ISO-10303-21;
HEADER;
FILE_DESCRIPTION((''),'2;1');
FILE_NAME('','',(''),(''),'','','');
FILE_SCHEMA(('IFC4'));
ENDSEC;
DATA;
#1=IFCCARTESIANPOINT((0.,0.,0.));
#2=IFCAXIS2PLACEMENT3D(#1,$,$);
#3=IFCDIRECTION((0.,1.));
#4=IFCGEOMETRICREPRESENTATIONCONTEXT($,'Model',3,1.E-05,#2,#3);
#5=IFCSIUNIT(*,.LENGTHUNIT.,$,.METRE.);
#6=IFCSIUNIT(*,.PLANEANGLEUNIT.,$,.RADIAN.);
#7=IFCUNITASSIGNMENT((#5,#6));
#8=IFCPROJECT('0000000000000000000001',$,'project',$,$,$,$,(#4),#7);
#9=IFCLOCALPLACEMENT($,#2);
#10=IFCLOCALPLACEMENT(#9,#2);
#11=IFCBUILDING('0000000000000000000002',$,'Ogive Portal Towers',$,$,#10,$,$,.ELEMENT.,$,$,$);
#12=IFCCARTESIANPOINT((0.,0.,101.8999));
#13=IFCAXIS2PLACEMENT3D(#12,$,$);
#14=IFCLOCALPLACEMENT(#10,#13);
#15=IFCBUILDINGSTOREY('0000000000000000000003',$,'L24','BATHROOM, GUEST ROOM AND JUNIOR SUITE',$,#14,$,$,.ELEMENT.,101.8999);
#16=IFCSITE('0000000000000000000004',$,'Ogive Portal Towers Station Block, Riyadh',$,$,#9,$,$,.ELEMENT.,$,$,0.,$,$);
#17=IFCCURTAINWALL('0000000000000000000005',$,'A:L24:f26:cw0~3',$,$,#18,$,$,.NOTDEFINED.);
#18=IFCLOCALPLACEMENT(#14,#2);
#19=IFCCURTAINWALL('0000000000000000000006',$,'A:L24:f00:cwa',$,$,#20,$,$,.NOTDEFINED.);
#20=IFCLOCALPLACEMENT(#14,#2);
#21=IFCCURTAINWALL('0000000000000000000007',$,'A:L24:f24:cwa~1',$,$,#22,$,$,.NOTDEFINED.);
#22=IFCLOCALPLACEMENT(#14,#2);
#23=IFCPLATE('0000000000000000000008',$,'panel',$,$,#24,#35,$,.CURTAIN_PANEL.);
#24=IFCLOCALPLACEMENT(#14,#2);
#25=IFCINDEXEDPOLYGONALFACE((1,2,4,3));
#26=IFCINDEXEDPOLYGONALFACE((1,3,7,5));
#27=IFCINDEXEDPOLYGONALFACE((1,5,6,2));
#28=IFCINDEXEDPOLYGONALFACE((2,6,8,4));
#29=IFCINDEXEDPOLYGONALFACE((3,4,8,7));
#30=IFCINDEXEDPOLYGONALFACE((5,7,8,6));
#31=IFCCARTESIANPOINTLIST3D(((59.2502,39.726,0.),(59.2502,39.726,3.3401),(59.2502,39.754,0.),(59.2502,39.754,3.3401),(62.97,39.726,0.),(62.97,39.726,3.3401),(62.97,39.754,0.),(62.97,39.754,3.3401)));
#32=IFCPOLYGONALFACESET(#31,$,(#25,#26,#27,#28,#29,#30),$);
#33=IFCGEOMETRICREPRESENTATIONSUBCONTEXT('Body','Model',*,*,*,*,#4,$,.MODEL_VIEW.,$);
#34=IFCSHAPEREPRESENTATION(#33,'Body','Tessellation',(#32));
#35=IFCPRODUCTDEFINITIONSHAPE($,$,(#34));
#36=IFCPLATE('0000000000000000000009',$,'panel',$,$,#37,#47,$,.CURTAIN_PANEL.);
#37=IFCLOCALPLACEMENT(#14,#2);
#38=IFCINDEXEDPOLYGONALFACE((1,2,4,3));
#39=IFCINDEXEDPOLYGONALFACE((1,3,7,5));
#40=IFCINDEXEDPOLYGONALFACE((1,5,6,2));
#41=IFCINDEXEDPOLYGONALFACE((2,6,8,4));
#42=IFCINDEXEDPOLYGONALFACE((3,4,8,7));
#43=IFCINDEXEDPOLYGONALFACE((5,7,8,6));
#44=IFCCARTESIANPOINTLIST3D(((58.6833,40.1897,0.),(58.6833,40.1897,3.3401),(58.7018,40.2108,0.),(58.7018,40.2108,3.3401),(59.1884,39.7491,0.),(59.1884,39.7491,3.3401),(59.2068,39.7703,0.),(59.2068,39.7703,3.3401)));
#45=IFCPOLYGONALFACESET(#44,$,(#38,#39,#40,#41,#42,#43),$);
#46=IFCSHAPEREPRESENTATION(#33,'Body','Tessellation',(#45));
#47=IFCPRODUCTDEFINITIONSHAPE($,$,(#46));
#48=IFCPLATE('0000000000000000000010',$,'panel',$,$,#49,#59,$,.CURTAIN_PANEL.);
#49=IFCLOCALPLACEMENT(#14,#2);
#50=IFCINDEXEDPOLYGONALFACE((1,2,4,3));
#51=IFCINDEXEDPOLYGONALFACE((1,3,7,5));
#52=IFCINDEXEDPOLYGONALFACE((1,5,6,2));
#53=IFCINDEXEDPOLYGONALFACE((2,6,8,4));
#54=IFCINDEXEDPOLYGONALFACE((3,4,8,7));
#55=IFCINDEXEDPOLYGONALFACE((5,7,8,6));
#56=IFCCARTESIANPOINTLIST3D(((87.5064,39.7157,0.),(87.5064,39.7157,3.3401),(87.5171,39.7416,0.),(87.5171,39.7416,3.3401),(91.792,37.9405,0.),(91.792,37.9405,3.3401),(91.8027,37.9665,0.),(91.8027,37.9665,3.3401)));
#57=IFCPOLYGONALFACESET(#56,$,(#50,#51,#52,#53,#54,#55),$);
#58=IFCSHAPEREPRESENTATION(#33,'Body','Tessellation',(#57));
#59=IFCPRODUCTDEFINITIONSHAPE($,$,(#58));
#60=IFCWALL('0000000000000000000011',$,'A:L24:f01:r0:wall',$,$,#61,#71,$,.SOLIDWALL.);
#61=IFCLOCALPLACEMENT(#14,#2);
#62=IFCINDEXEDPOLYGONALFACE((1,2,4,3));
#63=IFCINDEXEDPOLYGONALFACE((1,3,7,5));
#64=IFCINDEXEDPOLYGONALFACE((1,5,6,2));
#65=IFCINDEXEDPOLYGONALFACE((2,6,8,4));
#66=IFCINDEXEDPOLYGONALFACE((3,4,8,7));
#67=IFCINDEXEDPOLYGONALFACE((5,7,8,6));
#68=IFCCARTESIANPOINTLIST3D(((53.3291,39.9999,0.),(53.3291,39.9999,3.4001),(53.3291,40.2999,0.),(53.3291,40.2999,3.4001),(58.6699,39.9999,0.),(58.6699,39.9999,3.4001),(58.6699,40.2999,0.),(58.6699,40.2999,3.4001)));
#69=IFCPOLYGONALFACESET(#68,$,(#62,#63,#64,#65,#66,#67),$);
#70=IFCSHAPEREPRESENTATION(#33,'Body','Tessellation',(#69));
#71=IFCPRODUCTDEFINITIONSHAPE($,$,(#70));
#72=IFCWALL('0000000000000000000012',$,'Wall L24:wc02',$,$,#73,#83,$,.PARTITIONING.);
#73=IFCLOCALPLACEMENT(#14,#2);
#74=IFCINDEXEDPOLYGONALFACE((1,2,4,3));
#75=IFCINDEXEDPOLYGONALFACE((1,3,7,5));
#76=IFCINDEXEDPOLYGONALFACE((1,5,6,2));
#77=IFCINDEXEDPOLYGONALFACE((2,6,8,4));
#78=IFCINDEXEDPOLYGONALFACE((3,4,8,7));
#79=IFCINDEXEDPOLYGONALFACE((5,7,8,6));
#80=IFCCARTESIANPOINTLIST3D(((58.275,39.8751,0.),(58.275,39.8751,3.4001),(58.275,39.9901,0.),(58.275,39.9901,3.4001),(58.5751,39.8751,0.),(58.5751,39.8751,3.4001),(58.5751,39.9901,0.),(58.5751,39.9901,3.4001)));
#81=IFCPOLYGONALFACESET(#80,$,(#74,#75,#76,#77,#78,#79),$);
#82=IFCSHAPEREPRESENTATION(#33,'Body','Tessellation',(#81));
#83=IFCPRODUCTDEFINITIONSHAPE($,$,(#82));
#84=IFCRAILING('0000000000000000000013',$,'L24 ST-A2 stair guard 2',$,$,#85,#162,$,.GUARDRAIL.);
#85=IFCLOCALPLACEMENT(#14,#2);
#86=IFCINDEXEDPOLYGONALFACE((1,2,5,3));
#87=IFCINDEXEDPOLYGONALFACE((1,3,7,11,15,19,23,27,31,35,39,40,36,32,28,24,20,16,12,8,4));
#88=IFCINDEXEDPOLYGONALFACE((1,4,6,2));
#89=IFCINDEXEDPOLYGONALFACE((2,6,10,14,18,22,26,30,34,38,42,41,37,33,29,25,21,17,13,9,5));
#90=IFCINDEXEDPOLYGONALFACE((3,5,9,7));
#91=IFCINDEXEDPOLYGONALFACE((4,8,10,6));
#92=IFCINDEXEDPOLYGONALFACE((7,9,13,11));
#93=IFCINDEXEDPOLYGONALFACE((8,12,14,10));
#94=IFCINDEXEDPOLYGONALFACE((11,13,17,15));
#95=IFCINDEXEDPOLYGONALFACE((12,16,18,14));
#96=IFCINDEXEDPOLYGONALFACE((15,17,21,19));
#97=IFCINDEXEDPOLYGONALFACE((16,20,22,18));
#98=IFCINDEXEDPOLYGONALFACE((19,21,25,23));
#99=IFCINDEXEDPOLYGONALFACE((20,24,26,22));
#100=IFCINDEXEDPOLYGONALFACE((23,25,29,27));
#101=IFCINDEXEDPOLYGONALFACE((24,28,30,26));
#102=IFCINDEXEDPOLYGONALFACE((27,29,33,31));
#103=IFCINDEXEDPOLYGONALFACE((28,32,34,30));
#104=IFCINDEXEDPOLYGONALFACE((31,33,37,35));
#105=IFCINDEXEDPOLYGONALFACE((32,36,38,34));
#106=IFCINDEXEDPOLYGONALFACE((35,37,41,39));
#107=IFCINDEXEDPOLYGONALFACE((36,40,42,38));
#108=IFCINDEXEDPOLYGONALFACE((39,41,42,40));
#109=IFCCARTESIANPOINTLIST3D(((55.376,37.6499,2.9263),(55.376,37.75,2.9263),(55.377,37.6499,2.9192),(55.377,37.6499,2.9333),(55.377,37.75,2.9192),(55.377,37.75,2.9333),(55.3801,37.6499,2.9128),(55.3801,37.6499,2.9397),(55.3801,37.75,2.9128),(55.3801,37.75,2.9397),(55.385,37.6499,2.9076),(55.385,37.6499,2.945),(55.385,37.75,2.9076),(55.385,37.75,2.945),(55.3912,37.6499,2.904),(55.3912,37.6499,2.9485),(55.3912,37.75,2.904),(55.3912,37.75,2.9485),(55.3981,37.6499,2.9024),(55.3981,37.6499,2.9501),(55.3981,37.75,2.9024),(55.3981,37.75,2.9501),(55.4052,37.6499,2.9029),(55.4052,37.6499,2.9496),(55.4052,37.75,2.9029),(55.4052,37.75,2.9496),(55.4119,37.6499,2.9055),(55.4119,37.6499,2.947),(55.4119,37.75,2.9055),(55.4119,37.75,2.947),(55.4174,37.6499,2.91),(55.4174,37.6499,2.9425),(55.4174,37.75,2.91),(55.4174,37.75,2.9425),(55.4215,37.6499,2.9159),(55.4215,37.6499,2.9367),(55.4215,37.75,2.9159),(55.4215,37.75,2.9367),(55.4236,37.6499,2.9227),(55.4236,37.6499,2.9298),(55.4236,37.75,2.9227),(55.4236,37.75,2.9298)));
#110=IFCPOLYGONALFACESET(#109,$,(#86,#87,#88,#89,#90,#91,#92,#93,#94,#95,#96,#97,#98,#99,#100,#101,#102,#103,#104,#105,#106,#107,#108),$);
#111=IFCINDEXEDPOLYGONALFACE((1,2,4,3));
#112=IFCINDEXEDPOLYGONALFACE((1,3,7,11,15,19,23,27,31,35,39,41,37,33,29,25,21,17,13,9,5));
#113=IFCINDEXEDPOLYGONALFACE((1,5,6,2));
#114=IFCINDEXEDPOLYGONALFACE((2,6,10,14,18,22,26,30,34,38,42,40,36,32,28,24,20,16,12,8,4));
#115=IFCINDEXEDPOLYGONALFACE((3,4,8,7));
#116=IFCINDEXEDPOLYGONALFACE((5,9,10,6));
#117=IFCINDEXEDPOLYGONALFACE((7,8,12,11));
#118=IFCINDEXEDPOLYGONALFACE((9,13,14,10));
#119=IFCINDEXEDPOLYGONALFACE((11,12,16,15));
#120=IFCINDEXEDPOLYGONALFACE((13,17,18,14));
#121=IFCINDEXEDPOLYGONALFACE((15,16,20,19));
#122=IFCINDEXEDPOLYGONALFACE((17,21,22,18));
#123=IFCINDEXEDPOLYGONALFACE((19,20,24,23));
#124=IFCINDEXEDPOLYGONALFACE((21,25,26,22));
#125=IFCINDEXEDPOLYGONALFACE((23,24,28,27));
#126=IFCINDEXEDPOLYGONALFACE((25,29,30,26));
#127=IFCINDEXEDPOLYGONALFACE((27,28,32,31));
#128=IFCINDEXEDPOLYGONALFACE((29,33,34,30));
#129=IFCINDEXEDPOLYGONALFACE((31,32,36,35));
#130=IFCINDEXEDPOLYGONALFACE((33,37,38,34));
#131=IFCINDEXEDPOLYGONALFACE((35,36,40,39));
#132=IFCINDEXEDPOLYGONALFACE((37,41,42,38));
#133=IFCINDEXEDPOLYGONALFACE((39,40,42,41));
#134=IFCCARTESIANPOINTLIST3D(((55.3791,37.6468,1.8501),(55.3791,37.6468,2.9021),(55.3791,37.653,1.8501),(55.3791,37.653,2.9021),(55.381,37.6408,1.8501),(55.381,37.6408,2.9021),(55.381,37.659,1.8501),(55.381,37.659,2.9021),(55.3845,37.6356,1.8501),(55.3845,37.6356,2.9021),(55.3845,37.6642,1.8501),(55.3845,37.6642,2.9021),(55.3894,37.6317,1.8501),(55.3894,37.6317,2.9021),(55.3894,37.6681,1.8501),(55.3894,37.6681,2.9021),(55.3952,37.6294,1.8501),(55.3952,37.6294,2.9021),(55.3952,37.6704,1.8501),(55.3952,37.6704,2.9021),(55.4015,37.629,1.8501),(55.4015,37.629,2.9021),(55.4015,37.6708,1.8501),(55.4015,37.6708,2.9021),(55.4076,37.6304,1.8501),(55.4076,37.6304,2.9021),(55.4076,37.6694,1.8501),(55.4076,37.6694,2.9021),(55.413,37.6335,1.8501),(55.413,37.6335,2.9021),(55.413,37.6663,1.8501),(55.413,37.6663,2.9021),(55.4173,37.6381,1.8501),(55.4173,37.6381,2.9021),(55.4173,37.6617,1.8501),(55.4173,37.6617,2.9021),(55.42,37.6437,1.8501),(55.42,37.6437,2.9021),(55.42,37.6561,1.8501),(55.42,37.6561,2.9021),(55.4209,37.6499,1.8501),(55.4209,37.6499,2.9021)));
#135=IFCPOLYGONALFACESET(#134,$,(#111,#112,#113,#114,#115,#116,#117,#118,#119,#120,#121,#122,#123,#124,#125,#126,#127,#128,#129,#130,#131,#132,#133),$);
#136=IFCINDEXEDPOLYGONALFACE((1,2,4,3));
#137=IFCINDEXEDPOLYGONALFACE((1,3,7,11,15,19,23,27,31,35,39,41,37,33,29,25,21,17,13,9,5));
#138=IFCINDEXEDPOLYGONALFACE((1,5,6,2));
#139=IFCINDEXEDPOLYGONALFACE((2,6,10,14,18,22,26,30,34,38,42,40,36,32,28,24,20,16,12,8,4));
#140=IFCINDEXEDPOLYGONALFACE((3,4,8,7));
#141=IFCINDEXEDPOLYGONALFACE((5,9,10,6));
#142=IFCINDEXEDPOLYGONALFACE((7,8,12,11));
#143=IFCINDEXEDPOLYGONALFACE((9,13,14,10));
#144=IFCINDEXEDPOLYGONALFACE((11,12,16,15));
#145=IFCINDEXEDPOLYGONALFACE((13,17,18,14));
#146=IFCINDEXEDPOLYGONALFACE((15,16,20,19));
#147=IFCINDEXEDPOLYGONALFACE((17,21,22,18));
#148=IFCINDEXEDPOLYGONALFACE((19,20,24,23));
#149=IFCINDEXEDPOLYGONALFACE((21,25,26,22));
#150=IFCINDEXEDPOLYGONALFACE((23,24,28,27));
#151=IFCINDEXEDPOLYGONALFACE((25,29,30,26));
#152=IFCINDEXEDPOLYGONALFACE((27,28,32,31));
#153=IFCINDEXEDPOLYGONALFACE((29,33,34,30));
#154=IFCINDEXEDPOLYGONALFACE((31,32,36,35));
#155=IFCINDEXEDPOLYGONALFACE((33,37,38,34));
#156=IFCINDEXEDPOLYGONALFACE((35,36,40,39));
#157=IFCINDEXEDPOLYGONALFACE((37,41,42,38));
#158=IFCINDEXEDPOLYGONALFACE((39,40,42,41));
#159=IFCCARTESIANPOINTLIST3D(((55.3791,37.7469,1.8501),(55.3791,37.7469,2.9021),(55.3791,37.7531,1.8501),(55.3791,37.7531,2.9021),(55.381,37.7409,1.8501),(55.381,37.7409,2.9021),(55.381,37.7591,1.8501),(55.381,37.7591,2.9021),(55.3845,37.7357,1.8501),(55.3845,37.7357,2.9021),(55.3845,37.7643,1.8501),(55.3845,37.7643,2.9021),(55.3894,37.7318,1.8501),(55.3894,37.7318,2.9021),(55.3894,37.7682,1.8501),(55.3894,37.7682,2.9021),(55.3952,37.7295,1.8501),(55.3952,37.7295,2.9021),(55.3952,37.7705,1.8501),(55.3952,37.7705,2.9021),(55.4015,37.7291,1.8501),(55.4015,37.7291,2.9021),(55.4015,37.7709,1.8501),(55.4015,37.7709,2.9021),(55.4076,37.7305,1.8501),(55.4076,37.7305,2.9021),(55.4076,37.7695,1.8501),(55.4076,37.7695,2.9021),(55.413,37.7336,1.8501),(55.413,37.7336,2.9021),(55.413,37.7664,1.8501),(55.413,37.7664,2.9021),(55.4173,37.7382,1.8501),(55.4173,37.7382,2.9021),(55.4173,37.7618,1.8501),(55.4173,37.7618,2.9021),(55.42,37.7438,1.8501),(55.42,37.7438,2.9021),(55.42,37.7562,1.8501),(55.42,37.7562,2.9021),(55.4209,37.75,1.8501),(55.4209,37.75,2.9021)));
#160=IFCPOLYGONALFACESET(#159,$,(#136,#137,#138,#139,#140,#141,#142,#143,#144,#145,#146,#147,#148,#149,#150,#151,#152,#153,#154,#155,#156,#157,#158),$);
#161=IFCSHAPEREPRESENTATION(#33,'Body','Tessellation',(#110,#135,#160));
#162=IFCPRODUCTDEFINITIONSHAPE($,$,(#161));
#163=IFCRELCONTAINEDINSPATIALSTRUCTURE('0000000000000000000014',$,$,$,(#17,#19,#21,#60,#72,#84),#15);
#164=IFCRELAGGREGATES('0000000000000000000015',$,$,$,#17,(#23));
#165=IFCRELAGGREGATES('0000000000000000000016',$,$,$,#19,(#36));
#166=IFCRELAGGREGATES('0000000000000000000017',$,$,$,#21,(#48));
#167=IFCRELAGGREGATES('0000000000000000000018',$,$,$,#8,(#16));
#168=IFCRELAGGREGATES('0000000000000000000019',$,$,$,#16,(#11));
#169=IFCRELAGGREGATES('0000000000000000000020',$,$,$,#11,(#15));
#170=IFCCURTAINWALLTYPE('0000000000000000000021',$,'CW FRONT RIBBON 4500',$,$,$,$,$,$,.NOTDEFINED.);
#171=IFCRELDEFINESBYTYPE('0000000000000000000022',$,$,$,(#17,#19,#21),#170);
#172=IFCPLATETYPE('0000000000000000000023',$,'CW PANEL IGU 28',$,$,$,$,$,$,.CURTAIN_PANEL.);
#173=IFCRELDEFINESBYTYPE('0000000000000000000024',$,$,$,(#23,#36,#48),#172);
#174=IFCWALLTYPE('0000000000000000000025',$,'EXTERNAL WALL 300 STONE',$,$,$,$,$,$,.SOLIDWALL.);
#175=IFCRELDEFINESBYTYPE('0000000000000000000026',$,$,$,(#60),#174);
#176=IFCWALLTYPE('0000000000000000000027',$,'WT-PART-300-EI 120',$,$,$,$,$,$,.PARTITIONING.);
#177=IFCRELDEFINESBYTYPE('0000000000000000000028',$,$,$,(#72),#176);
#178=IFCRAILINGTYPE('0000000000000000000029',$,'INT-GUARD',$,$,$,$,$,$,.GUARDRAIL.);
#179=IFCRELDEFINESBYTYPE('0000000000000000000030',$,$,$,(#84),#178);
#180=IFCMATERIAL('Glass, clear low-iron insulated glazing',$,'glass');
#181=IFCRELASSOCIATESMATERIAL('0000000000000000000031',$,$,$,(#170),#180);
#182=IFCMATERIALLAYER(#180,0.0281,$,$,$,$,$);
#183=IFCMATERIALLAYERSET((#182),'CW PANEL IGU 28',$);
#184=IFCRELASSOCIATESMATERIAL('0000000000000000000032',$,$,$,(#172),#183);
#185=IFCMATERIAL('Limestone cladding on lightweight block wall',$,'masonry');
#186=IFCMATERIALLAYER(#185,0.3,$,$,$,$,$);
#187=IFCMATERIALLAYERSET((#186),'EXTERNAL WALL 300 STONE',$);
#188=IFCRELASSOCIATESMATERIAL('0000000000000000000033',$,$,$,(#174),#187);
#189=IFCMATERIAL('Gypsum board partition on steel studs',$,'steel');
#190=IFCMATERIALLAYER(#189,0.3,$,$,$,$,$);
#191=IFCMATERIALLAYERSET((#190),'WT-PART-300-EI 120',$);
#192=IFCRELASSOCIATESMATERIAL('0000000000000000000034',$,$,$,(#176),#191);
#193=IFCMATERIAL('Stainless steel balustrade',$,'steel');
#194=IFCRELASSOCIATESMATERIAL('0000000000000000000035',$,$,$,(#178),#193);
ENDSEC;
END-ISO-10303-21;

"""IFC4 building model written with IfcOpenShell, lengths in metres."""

from ifc_helpers import new_model, si_unit, direction, frame, frame_2d, origin, origin_2d, place, context, subcontext, project, spatial, rectangle, circle, extrude, material, layer, layer_set, type_object, element, aggregate, save


model = new_model("IFC4")

# Units and contexts
model_context = context("Model", 3, precision=1e-05, world=origin(), true_north=direction((0.0, 1.0)))
body_context = subcontext(model_context, "Body", "Model", "MODEL_VIEW")
ifc_project = project(units=[si_unit("LENGTHUNIT", "METRE"), si_unit("PLANEANGLEUNIT", "RADIAN")], contexts=[model_context])

# Site, building, storey
site_placement = place(None, origin())
site = spatial("IfcSite", under=ifc_project, at=site_placement, Name="Ogive Portal Towers Station Block, Riyadh", CompositionType="ELEMENT", RefElevation=0.0)
building_placement = place(site_placement, origin())
building = spatial("IfcBuilding", under=site, at=building_placement, Name="Ogive Portal Towers", CompositionType="ELEMENT")
storey_placement = place(building_placement, frame((0.0, 0.0, 101.8999)))
storey = spatial("IfcBuildingStorey", under=building, at=storey_placement, Name="L24", Description="BATHROOM, GUEST ROOM AND JUNIOR SUITE", CompositionType="ELEMENT", Elevation=101.8999)

# Curtain wall
ifc_material_1 = material(Name="Glass, clear low-iron insulated glazing", Category="glass")
curtain_wall_type = type_object("IfcCurtainWallType", Name="CW FRONT RIBBON 4500", PredefinedType="NOTDEFINED", material=ifc_material_1)
curtain_wall_1_placement = place(storey_placement, origin())
curtain_wall_1 = element("IfcCurtainWall", 1, at=curtain_wall_1_placement, inside=storey, type_object=curtain_wall_type, Name="A:L24:f26:cw0~3", PredefinedType="NOTDEFINED")

# Curtain walls
curtain_wall_2_placement = place(storey_placement, origin())
curtain_wall_2 = element("IfcCurtainWall", 2, at=curtain_wall_2_placement, inside=storey, type_object=curtain_wall_type, Name="A:L24:f00:cwa", PredefinedType="NOTDEFINED")
curtain_wall_3_placement = place(storey_placement, origin())
curtain_wall_3 = element("IfcCurtainWall", 3, at=curtain_wall_3_placement, inside=storey, type_object=curtain_wall_type, Name="A:L24:f24:cwa~1", PredefinedType="NOTDEFINED")

# Plates
ifc_layer_1 = layer(ifc_material_1, 0.0281)
ifc_layer_set_1 = layer_set([ifc_layer_1], Name="CW PANEL IGU 28")
plate_type = type_object("IfcPlateType", Name="CW PANEL IGU 28", PredefinedType="CURTAIN_PANEL", material=ifc_layer_set_1)
plate_1_placement = place(storey_placement, frame((61.1101, 39.74, 0.0), z_axis=(0.0, 0.0, 1.0), x_axis=(-1.0, 0.0, 0.0)))
plate_1 = element("IfcPlate", 4, at=plate_1_placement, type_object=plate_type, Name="panel", PredefinedType="CURTAIN_PANEL", context=body_context, shape_type="SweptSolid", body=[
    extrude(rectangle(XDim=3.7197, YDim=0.0281, at=origin_2d()), origin(), (0.0, 0.0, 1.0), 3.3401),
])
aggregate(curtain_wall_1, [plate_1])
plate_2_placement = place(storey_placement, frame((58.9451, 39.98, 0.0), z_axis=(0.0, 0.0, 1.0), x_axis=(-0.753599, 0.657335, 0.0)))
plate_2 = element("IfcPlate", 5, at=plate_2_placement, type_object=plate_type, Name="panel", PredefinedType="CURTAIN_PANEL", context=body_context, shape_type="SweptSolid", body=[
    extrude(rectangle(XDim=0.6702, YDim=0.0281, at=origin_2d()), origin(), (0.0, 0.0, 1.0), 3.3401),
])
aggregate(curtain_wall_2, [plate_2])
plate_3_placement = place(storey_placement, frame((89.6545, 38.8411, 0.0), z_axis=(0.0, 0.0, 1.0), x_axis=(-0.92388, 0.382683, 0.0)))
plate_3 = element("IfcPlate", 6, at=plate_3_placement, type_object=plate_type, Name="panel", PredefinedType="CURTAIN_PANEL", context=body_context, shape_type="SweptSolid", body=[
    extrude(rectangle(XDim=4.6387, YDim=0.0281, at=origin_2d()), origin(), (0.0, 0.0, 1.0), 3.3401),
])
aggregate(curtain_wall_3, [plate_3])

# Walls
ifc_material_2 = material(Name="Limestone cladding on lightweight block wall", Category="masonry")
ifc_layer_2 = layer(ifc_material_2, 0.3)
ifc_layer_set_2 = layer_set([ifc_layer_2], Name="EXTERNAL WALL 300 STONE")
wall_type_1 = type_object("IfcWallType", Name="EXTERNAL WALL 300 STONE", PredefinedType="SOLIDWALL", material=ifc_layer_set_2)
wall_1_placement = place(storey_placement, frame((58.6699, 40.1499, 0.0), z_axis=(0.0, 0.0, 1.0), x_axis=(-1.0, 0.0, 0.0)))
element("IfcWall", 7, at=wall_1_placement, inside=storey, type_object=wall_type_1, Name="A:L24:f01:r0:wall", PredefinedType="SOLIDWALL", context=body_context, shape_type="SweptSolid", body=[
    extrude(rectangle(XDim=5.3408, YDim=0.3, at=frame_2d((2.6704, 0.0))), origin(), (0.0, 0.0, 1.0), 3.4001),
])
ifc_material_3 = material(Name="Gypsum board partition on steel studs", Category="steel")
ifc_layer_3 = layer(ifc_material_3, 0.3)
ifc_layer_set_3 = layer_set([ifc_layer_3], Name="WT-PART-300-EI 120")
wall_type_2 = type_object("IfcWallType", Name="WT-PART-300-EI 120", PredefinedType="PARTITIONING", material=ifc_layer_set_3)
wall_2_placement = place(storey_placement, frame((58.425, 39.875, 0.0), z_axis=(0.0, 0.0, 1.0), x_axis=(0.0, 1.0, 0.0)))
element("IfcWall", 8, at=wall_2_placement, inside=storey, type_object=wall_type_2, Name="Wall L24:wc02", PredefinedType="PARTITIONING", context=body_context, shape_type="SweptSolid", body=[
    extrude(rectangle(XDim=0.115, YDim=0.3, at=frame_2d((0.0576, 0.0))), origin(), (0.0, 0.0, 1.0), 3.4001),
])

# Railing
ifc_material_4 = material(Name="Stainless steel balustrade", Category="steel")
railing_type = type_object("IfcRailingType", Name="INT-GUARD", PredefinedType="GUARDRAIL", material=ifc_material_4)
railing_placement = place(storey_placement, frame((55.3999, 37.6499, 1.8501)))
element("IfcRailing", 9, at=railing_placement, inside=storey, type_object=railing_type, Name="L24 ST-A2 stair guard 2", PredefinedType="GUARDRAIL", context=body_context, shape_type="SweptSolid", body=[
    extrude(circle(Radius=0.0239, at=origin_2d()), frame((0.0, 0.0, 1.0762), z_axis=(0.0, 1.0, 0.0), x_axis=(-1.0, 0.0, 0.0)), (0.0, 0.0, 1.0), 0.1001),
    extrude(circle(Radius=0.021, at=origin_2d()), origin(), (0.0, 0.0, 1.0), 1.052),
    extrude(circle(Radius=0.021, at=origin_2d()), frame((0.0, 0.1001, 0.0)), (0.0, 0.0, 1.0), 1.052),
])

save(model, "model.ifc")
